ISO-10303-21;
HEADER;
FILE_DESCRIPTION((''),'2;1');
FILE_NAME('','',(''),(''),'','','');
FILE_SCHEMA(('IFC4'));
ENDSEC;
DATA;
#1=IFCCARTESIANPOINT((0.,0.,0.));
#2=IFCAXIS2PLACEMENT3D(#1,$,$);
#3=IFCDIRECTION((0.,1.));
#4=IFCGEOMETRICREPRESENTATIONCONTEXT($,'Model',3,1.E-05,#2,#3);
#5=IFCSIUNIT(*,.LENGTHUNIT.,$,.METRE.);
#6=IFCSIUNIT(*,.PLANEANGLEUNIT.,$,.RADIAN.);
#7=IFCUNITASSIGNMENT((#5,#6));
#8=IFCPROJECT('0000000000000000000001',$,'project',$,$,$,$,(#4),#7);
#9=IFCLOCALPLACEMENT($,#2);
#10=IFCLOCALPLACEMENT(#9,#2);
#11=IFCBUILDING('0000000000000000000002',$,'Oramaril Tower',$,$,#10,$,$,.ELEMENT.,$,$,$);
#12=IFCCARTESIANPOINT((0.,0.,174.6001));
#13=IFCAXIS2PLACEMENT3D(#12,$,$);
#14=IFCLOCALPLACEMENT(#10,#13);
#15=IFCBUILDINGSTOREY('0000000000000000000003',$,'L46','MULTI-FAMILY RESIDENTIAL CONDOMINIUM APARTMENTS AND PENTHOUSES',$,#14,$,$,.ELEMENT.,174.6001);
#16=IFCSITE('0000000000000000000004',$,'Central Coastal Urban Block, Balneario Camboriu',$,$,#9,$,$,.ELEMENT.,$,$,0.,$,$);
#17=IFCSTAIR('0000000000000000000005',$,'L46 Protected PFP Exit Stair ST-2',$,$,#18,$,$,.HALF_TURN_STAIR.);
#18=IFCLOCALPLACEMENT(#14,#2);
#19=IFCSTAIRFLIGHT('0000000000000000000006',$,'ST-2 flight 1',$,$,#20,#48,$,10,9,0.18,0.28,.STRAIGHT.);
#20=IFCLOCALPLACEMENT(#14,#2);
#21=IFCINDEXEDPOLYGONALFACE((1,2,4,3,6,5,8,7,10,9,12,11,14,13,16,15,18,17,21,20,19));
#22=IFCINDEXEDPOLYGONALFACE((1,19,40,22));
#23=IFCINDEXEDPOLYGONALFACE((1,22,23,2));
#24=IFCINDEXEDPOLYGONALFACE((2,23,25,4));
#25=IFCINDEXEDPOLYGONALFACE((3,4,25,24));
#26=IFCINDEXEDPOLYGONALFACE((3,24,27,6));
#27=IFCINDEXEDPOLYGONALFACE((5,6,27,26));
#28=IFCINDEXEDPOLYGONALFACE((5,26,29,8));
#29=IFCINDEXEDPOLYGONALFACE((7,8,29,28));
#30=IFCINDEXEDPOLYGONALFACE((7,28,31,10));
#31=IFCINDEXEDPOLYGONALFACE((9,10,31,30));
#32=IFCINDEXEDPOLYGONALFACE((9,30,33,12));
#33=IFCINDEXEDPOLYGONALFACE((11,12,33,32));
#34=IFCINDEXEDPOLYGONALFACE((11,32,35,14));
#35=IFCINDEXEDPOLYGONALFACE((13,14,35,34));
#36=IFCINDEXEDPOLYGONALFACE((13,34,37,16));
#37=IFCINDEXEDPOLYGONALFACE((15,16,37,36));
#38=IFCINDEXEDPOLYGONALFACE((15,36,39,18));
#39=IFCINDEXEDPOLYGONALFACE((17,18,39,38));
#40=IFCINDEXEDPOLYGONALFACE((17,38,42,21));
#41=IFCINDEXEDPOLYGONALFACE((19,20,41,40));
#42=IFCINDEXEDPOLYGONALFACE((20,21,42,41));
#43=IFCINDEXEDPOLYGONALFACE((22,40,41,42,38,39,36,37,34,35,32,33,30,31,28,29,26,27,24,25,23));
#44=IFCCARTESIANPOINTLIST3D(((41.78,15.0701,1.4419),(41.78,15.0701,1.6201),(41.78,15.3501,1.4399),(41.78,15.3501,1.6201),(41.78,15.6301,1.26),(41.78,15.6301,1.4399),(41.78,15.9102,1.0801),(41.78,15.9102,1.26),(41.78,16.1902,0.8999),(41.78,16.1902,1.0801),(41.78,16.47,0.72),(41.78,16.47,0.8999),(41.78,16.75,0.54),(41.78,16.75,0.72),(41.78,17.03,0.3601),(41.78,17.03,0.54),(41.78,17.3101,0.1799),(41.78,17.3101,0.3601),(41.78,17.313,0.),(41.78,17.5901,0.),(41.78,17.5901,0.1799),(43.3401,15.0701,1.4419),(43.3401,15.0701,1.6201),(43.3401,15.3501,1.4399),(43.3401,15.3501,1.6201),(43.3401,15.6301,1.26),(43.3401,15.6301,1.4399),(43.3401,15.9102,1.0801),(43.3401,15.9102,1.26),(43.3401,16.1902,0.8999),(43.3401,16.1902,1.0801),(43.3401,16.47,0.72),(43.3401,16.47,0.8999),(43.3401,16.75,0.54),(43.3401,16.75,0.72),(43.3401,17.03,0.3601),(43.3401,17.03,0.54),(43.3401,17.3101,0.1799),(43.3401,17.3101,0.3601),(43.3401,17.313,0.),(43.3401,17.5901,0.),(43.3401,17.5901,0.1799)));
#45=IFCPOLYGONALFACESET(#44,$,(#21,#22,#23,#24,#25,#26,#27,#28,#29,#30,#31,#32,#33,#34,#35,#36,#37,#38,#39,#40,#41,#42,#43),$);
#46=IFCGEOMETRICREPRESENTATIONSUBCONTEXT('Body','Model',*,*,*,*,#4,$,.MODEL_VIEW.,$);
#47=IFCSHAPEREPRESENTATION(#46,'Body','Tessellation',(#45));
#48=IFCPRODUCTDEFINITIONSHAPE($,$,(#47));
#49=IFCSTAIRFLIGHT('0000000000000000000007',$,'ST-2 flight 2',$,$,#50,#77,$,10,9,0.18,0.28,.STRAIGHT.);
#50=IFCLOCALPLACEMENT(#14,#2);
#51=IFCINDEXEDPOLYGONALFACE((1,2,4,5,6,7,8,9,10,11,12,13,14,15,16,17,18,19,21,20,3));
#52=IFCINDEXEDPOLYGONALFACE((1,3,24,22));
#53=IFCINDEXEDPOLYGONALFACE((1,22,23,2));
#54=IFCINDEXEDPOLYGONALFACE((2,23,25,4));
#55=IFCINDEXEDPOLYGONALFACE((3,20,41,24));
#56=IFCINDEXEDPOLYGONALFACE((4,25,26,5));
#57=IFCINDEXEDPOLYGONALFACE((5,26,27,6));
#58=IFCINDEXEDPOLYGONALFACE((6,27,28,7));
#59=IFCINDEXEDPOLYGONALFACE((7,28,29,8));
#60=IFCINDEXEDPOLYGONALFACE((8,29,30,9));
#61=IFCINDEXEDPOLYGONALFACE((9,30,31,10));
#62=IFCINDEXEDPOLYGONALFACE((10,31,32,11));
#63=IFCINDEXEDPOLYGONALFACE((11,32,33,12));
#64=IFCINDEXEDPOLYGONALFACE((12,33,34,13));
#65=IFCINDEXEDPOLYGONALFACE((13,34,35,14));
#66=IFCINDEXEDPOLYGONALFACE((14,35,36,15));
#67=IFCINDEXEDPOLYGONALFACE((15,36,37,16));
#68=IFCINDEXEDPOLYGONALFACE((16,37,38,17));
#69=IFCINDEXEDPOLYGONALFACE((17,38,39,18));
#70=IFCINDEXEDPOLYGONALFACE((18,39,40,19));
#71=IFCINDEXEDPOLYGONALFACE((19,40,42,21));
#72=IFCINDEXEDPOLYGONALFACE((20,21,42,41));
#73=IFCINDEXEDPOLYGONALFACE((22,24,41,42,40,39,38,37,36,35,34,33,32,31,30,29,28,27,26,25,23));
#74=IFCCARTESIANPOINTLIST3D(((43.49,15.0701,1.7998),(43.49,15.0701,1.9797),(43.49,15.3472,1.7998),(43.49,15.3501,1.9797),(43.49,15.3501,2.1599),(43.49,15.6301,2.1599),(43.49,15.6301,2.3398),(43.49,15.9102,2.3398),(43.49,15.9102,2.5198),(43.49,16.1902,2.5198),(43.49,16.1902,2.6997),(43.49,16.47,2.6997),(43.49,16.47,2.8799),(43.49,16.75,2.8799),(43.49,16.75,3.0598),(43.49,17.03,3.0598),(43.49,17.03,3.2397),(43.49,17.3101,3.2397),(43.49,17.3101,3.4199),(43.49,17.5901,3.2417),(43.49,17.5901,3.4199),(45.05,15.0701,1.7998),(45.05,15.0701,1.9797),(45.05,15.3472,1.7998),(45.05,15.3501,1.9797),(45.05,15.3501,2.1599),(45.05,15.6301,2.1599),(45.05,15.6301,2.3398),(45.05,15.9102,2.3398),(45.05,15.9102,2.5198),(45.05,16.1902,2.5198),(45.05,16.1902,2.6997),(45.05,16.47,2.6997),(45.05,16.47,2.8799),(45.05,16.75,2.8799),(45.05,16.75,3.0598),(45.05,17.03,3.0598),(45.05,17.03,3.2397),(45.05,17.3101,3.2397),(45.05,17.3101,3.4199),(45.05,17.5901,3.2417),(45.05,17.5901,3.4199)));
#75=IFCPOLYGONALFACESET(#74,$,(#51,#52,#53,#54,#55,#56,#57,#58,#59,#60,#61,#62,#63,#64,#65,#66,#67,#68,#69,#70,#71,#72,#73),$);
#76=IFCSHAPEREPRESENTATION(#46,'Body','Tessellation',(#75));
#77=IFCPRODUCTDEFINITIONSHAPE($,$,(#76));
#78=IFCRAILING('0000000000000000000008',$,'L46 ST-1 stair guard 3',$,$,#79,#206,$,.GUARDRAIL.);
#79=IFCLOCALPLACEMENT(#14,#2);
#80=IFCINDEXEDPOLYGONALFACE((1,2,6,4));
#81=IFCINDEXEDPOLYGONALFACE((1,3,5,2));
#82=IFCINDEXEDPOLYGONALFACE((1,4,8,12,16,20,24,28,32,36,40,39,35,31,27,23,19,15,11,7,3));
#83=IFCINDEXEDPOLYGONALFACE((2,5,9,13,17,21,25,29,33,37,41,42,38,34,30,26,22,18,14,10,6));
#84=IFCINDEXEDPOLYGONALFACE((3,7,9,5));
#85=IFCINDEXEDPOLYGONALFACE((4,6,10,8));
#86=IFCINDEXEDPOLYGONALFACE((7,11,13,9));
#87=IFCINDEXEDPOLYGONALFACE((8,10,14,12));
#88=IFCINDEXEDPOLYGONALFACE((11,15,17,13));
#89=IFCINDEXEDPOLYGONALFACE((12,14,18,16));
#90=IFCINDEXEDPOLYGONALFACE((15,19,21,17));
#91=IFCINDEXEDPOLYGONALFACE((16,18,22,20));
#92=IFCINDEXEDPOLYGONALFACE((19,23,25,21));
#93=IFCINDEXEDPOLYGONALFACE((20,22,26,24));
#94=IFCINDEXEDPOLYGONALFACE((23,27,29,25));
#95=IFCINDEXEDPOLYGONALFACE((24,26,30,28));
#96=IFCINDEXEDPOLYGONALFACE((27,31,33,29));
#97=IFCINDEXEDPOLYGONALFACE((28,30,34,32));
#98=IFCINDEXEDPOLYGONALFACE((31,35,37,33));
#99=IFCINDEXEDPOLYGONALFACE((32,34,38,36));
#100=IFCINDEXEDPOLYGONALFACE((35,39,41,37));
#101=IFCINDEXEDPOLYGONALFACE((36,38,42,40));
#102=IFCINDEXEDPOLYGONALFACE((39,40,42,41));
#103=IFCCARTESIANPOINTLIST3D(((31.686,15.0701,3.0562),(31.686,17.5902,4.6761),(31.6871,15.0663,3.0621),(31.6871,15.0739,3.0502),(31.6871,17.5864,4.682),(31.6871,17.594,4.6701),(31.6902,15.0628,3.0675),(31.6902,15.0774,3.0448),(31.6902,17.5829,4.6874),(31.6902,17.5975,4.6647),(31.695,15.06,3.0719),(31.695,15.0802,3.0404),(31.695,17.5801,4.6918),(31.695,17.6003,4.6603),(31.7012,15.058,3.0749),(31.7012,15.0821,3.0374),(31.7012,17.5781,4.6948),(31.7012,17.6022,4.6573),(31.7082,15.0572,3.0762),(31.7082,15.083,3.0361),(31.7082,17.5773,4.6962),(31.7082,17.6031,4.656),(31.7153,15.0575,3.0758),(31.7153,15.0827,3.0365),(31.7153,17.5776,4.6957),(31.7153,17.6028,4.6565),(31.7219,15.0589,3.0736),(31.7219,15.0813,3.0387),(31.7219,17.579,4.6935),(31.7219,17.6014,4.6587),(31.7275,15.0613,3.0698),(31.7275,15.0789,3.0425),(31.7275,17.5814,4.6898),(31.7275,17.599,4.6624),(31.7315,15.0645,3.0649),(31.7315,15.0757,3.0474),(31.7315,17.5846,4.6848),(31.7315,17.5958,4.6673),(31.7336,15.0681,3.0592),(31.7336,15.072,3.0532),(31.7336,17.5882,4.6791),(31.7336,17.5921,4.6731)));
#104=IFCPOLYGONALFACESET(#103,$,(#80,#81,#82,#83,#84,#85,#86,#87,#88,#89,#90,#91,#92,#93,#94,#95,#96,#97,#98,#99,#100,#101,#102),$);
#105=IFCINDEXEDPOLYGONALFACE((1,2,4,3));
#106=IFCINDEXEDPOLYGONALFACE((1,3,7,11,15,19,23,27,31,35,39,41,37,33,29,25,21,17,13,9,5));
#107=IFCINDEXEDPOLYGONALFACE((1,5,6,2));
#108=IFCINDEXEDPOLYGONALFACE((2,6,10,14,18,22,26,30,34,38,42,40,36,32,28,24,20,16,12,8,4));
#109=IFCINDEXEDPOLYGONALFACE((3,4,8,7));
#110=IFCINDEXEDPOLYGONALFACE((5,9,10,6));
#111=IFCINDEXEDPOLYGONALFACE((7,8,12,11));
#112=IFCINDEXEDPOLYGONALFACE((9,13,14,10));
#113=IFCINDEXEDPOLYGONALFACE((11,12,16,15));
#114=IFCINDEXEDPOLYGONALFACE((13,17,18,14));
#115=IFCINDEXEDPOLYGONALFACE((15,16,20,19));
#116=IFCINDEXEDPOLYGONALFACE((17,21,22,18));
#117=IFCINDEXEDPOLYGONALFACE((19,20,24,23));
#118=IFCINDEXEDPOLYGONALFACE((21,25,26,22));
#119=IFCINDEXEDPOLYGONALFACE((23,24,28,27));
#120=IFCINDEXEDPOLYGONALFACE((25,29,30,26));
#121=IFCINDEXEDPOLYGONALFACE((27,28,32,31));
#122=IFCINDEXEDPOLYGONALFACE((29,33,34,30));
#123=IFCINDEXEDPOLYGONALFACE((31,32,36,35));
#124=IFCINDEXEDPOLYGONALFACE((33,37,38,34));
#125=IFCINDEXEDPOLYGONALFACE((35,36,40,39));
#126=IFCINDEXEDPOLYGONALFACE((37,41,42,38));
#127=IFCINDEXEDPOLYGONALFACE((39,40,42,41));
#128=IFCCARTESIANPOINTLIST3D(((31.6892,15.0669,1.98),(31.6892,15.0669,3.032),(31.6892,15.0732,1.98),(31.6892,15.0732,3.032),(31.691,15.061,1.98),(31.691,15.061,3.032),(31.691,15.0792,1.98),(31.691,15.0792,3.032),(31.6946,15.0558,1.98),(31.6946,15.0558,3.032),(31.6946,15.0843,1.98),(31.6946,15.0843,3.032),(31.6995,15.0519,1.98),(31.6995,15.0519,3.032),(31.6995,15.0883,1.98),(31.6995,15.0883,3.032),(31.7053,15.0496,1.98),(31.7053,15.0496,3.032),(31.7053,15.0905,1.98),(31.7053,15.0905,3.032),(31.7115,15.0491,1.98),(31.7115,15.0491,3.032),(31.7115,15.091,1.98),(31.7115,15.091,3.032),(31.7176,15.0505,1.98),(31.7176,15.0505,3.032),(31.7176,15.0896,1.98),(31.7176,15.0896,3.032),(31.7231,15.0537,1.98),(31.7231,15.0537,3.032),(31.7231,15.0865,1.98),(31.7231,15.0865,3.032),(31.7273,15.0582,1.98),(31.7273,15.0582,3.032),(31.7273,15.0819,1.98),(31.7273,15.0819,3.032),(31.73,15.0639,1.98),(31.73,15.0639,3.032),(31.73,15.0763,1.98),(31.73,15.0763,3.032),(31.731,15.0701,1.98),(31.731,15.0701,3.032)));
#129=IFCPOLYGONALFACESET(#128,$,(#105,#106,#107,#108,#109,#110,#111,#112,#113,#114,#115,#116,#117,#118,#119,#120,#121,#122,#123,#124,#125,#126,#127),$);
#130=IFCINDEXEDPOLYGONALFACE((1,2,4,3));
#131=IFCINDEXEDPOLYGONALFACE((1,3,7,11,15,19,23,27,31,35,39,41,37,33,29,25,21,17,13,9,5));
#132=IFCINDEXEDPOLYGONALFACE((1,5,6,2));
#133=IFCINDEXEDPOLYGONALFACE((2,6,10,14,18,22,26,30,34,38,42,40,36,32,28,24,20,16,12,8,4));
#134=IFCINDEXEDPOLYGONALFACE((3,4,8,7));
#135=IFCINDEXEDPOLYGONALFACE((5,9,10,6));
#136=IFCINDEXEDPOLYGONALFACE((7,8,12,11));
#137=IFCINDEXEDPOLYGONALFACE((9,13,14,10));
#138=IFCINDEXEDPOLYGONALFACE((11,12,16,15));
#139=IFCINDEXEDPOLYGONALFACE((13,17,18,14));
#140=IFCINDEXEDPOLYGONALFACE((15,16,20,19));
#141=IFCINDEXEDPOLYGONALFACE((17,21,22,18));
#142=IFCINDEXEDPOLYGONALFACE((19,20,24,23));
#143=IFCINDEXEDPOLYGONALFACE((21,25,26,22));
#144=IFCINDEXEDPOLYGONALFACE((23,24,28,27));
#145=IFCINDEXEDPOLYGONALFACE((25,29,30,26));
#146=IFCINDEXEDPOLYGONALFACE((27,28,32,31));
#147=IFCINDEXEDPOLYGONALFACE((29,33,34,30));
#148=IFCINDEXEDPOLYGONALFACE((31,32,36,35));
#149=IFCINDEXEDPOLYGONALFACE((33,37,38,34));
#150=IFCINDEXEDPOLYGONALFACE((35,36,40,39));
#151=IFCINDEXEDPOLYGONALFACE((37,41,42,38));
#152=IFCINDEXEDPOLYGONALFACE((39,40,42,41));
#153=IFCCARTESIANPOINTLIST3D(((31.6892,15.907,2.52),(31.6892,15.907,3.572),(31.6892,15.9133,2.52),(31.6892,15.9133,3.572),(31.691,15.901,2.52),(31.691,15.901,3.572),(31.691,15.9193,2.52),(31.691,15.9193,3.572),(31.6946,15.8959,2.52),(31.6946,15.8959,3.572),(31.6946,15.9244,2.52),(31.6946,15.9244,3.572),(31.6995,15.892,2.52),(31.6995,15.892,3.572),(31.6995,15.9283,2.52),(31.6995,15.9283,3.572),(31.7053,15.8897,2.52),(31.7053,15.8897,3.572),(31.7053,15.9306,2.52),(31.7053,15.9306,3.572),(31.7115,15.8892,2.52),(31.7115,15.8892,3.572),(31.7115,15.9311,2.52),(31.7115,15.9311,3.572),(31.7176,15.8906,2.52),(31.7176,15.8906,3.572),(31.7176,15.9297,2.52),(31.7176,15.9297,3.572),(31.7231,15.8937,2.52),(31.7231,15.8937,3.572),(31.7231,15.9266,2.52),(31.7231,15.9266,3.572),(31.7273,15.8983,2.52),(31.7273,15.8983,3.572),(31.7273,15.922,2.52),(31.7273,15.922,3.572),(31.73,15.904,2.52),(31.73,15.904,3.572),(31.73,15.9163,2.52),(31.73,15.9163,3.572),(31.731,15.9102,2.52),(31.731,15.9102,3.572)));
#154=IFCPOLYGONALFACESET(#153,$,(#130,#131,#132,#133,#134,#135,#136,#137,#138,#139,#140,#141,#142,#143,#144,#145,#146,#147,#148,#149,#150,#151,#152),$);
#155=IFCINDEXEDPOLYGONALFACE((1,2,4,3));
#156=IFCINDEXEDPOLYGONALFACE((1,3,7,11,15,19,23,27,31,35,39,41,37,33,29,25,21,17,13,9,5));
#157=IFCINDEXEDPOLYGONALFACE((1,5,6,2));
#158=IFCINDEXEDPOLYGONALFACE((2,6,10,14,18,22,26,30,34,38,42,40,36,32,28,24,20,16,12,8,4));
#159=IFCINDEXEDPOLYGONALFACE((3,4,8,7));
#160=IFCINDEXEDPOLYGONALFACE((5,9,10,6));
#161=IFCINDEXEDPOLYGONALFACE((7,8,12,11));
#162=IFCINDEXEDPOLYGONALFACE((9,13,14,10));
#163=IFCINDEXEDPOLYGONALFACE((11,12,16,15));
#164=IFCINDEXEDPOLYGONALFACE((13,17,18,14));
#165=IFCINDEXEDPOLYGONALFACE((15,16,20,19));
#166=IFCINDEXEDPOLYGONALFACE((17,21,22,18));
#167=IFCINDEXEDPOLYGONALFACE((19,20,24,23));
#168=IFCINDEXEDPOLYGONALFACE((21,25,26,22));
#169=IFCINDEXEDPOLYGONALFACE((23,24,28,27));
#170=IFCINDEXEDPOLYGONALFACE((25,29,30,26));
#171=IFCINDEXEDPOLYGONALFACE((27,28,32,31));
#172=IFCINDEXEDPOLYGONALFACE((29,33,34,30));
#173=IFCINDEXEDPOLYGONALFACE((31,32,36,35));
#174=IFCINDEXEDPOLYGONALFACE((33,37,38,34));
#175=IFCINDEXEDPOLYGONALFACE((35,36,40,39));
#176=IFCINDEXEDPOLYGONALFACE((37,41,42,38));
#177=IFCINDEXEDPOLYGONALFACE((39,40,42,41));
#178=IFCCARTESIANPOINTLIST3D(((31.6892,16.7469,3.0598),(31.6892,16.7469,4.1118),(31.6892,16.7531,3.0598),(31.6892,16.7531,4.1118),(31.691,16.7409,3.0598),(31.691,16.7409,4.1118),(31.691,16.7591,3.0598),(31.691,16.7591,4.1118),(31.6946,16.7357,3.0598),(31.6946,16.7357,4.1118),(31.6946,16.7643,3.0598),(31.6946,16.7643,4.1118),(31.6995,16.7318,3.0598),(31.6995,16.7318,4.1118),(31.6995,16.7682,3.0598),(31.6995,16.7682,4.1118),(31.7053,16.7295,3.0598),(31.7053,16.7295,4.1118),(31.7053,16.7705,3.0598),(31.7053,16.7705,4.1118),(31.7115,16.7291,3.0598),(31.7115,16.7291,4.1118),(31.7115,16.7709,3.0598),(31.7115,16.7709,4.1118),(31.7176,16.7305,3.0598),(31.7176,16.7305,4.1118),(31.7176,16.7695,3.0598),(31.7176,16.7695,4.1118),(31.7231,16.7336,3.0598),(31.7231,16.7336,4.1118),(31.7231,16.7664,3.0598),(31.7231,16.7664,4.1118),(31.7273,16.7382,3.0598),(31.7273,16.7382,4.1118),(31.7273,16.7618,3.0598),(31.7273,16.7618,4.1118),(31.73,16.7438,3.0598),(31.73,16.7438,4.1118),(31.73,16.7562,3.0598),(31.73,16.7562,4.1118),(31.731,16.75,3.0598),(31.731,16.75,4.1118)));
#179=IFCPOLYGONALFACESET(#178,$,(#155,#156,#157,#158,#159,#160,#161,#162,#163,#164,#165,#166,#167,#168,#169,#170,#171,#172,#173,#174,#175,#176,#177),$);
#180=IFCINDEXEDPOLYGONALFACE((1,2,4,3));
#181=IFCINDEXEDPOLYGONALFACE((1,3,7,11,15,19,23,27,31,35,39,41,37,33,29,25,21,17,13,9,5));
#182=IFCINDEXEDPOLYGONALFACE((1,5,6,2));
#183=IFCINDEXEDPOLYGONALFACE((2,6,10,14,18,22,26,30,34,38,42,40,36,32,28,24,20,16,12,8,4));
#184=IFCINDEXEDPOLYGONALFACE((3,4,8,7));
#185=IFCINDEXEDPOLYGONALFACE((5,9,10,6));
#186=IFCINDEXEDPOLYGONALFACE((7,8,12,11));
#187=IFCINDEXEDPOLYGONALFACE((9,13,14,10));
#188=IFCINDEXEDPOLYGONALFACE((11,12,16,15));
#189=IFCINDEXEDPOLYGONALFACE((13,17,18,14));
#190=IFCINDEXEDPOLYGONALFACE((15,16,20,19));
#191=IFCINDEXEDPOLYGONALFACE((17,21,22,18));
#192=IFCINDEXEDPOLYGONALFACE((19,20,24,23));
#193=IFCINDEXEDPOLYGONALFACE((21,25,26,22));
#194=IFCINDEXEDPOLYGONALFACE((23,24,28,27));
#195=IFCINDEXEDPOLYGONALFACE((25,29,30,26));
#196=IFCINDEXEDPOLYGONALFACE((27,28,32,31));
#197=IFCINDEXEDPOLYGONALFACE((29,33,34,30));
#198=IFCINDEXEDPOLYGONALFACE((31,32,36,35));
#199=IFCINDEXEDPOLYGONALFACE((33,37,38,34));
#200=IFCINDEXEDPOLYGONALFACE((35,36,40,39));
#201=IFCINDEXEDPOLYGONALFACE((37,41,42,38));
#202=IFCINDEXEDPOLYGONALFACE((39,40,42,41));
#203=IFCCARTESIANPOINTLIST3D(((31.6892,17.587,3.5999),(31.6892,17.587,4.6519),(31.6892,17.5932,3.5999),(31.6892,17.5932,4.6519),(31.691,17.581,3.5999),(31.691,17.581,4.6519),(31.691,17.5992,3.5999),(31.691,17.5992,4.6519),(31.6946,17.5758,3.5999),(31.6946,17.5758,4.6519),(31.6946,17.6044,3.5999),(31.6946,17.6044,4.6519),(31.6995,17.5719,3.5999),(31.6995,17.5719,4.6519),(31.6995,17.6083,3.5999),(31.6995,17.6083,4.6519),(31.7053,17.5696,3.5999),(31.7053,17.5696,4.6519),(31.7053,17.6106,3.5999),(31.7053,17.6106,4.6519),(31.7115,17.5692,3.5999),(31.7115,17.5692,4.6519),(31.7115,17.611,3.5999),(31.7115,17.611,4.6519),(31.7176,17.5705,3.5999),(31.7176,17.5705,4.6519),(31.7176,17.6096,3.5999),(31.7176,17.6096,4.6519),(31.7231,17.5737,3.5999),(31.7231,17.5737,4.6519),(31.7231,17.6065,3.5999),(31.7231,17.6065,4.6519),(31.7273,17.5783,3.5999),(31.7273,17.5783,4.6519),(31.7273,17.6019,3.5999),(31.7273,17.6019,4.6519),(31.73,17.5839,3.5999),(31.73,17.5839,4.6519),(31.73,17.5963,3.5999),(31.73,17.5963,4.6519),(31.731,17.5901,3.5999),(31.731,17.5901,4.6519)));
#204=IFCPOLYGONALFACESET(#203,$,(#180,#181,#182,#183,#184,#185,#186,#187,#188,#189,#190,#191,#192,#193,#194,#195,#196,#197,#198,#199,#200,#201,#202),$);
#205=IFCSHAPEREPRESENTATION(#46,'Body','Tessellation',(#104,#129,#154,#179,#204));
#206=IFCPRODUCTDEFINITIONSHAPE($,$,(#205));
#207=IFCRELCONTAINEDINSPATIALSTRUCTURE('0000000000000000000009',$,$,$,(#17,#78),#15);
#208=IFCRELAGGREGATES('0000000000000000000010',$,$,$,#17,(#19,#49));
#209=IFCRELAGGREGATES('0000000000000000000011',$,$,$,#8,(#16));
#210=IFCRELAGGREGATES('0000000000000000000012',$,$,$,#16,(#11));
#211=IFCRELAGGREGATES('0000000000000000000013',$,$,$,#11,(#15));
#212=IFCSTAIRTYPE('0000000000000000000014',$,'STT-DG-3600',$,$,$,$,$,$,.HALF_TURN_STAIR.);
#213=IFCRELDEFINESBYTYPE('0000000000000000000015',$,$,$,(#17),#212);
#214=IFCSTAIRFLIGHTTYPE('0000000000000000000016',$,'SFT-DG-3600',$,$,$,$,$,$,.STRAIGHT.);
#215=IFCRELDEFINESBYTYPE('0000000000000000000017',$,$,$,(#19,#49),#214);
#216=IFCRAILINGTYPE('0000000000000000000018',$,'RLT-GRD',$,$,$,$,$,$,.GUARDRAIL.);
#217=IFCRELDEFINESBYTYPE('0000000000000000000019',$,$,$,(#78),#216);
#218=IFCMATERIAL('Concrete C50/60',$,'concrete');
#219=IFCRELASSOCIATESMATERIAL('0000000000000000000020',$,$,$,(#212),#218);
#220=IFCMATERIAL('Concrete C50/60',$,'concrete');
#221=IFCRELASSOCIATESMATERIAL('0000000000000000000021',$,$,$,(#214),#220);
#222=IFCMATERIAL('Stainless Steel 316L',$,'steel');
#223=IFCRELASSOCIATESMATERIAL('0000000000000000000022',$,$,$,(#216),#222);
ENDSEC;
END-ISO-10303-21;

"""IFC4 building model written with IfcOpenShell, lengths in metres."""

from ifc_helpers import new_model, si_unit, direction, frame, origin, origin_2d, place, context, subcontext, project, spatial, polyline, circle, outline, extrude, material, type_object, element, aggregate, save


model = new_model("IFC4")

# Units and contexts
model_context = context("Model", 3, precision=1e-05, world=origin(), true_north=direction((0.0, 1.0)))
body_context = subcontext(model_context, "Body", "Model", "MODEL_VIEW")
ifc_project = project(units=[si_unit("LENGTHUNIT", "METRE"), si_unit("PLANEANGLEUNIT", "RADIAN")], contexts=[model_context])

# Site, building, storey
site_placement = place(None, origin())
site = spatial("IfcSite", under=ifc_project, at=site_placement, Name="Central Coastal Urban Block, Balneario Camboriu", CompositionType="ELEMENT", RefElevation=0.0)
building_placement = place(site_placement, origin())
building = spatial("IfcBuilding", under=site, at=building_placement, Name="Oramaril Tower", CompositionType="ELEMENT")
storey_placement = place(building_placement, frame((0.0, 0.0, 174.6001)))
storey = spatial("IfcBuildingStorey", under=building, at=storey_placement, Name="L46", Description="MULTI-FAMILY RESIDENTIAL CONDOMINIUM APARTMENTS AND PENTHOUSES", CompositionType="ELEMENT", Elevation=174.6001)

# Shared definitions
ifc_material_1 = material(Name="Concrete C50/60", Category="concrete")
stair_type = type_object("IfcStairType", Name="STT-DG-3600", PredefinedType="HALF_TURN_STAIR", material=ifc_material_1)
ifc_material_2 = material(Name="Concrete C50/60", Category="concrete")
stair_flight_type = type_object("IfcStairFlightType", Name="SFT-DG-3600", PredefinedType="STRAIGHT", material=ifc_material_2)

# Stair, stair flights
stair_1_placement = place(storey_placement, origin())
stair_1 = element("IfcStair", 1, at=stair_1_placement, inside=storey, type_object=stair_type, Name="L46 Protected PFP Exit Stair ST-2", PredefinedType="HALF_TURN_STAIR")
stair_flight_1_placement = place(storey_placement, frame((42.5601, 17.5901, 0.0), z_axis=(0.0, 0.0, 1.0), x_axis=(0.0, -1.0, 0.0)))
stair_flight_1 = element("IfcStairFlight", 2, at=stair_flight_1_placement, type_object=stair_flight_type, Name="ST-2 flight 1", NumberOfRisers=10, NumberOfTreads=9, PredefinedType="STRAIGHT", RiserHeight=0.18, TreadLength=0.28, context=body_context, shape_type="SweptSolid", body=[
    extrude(outline(polyline([(0.0, 0.0), (0.0, 0.1799), (0.28, 0.1799), (0.28, 0.3601), (0.5601, 0.3601), (0.5601, 0.54), (0.8401, 0.54), (0.8401, 0.72), (1.1201, 0.72), (1.1201, 0.8999), (1.3999, 0.8999), (1.3999, 1.0801), (1.6799, 1.0801), (1.6799, 1.26), (1.96, 1.26), (1.96, 1.4399), (2.24, 1.4399), (2.24, 1.6201), (2.52, 1.6201), (2.52, 1.8), (2.52, 1.4419), (0.2771, 0.0), (0.0, 0.0)])), frame((0.0, 0.78, 0.0), z_axis=(0.0, -1.0, 0.0), x_axis=(1.0, 0.0, 0.0)), (0.0, 0.0, 1.0), 1.5601),
])
stair_flight_2_placement = place(storey_placement, frame((44.27, 15.0701, 1.7998), z_axis=(0.0, 0.0, 1.0), x_axis=(0.0, 1.0, 0.0)))
stair_flight_2 = element("IfcStairFlight", 3, at=stair_flight_2_placement, type_object=stair_flight_type, Name="ST-2 flight 2", NumberOfRisers=10, NumberOfTreads=9, PredefinedType="STRAIGHT", RiserHeight=0.18, TreadLength=0.28, context=body_context, shape_type="SweptSolid", body=[
    extrude(outline(polyline([(0.0, 0.0), (0.0, 0.1799), (0.28, 0.1799), (0.28, 0.3601), (0.5601, 0.3601), (0.5601, 0.54), (0.8401, 0.54), (0.8401, 0.72), (1.1201, 0.72), (1.1201, 0.8999), (1.3999, 0.8999), (1.3999, 1.0801), (1.6799, 1.0801), (1.6799, 1.26), (1.96, 1.26), (1.96, 1.4399), (2.24, 1.4399), (2.24, 1.6201), (2.52, 1.6201), (2.52, 1.8), (2.52, 1.4419), (0.2771, 0.0), (0.0, 0.0)])), frame((0.0, 0.78, 0.0), z_axis=(0.0, -1.0, 0.0), x_axis=(1.0, 0.0, 0.0)), (0.0, 0.0, 1.0), 1.5601),
])
aggregate(stair_1, [stair_flight_1, stair_flight_2])

# Railing
ifc_material_3 = material(Name="Stainless Steel 316L", Category="steel")
railing_type_1 = type_object("IfcRailingType", Name="RLT-GRD", PredefinedType="GUARDRAIL", material=ifc_material_3)
railing_1_placement = place(storey_placement, frame((31.71, 15.0701, 1.98)))
element("IfcRailing", 4, at=railing_1_placement, inside=storey, type_object=railing_type_1, Name="L46 ST-1 stair guard 3", PredefinedType="GUARDRAIL", context=body_context, shape_type="SweptSolid", body=[
    extrude(circle(Radius=0.0239, at=origin_2d()), frame((0.0, 0.0, 1.0762), z_axis=(0.0, 0.8412, 0.540725), x_axis=(-1.0, 0.0, 0.0)), (0.0, 0.0, 1.0), 2.9958),
    extrude(circle(Radius=0.021, at=origin_2d()), origin(), (0.0, 0.0, 1.0), 1.052),
    extrude(circle(Radius=0.021, at=origin_2d()), frame((0.0, 0.8401, 0.54)), (0.0, 0.0, 1.0), 1.052),
    extrude(circle(Radius=0.021, at=origin_2d()), frame((0.0, 1.6799, 1.0798)), (0.0, 0.0, 1.0), 1.052),
    extrude(circle(Radius=0.021, at=origin_2d()), frame((0.0, 2.52, 1.6199)), (0.0, 0.0, 1.0), 1.052),
])

save(model, "model.ifc")
